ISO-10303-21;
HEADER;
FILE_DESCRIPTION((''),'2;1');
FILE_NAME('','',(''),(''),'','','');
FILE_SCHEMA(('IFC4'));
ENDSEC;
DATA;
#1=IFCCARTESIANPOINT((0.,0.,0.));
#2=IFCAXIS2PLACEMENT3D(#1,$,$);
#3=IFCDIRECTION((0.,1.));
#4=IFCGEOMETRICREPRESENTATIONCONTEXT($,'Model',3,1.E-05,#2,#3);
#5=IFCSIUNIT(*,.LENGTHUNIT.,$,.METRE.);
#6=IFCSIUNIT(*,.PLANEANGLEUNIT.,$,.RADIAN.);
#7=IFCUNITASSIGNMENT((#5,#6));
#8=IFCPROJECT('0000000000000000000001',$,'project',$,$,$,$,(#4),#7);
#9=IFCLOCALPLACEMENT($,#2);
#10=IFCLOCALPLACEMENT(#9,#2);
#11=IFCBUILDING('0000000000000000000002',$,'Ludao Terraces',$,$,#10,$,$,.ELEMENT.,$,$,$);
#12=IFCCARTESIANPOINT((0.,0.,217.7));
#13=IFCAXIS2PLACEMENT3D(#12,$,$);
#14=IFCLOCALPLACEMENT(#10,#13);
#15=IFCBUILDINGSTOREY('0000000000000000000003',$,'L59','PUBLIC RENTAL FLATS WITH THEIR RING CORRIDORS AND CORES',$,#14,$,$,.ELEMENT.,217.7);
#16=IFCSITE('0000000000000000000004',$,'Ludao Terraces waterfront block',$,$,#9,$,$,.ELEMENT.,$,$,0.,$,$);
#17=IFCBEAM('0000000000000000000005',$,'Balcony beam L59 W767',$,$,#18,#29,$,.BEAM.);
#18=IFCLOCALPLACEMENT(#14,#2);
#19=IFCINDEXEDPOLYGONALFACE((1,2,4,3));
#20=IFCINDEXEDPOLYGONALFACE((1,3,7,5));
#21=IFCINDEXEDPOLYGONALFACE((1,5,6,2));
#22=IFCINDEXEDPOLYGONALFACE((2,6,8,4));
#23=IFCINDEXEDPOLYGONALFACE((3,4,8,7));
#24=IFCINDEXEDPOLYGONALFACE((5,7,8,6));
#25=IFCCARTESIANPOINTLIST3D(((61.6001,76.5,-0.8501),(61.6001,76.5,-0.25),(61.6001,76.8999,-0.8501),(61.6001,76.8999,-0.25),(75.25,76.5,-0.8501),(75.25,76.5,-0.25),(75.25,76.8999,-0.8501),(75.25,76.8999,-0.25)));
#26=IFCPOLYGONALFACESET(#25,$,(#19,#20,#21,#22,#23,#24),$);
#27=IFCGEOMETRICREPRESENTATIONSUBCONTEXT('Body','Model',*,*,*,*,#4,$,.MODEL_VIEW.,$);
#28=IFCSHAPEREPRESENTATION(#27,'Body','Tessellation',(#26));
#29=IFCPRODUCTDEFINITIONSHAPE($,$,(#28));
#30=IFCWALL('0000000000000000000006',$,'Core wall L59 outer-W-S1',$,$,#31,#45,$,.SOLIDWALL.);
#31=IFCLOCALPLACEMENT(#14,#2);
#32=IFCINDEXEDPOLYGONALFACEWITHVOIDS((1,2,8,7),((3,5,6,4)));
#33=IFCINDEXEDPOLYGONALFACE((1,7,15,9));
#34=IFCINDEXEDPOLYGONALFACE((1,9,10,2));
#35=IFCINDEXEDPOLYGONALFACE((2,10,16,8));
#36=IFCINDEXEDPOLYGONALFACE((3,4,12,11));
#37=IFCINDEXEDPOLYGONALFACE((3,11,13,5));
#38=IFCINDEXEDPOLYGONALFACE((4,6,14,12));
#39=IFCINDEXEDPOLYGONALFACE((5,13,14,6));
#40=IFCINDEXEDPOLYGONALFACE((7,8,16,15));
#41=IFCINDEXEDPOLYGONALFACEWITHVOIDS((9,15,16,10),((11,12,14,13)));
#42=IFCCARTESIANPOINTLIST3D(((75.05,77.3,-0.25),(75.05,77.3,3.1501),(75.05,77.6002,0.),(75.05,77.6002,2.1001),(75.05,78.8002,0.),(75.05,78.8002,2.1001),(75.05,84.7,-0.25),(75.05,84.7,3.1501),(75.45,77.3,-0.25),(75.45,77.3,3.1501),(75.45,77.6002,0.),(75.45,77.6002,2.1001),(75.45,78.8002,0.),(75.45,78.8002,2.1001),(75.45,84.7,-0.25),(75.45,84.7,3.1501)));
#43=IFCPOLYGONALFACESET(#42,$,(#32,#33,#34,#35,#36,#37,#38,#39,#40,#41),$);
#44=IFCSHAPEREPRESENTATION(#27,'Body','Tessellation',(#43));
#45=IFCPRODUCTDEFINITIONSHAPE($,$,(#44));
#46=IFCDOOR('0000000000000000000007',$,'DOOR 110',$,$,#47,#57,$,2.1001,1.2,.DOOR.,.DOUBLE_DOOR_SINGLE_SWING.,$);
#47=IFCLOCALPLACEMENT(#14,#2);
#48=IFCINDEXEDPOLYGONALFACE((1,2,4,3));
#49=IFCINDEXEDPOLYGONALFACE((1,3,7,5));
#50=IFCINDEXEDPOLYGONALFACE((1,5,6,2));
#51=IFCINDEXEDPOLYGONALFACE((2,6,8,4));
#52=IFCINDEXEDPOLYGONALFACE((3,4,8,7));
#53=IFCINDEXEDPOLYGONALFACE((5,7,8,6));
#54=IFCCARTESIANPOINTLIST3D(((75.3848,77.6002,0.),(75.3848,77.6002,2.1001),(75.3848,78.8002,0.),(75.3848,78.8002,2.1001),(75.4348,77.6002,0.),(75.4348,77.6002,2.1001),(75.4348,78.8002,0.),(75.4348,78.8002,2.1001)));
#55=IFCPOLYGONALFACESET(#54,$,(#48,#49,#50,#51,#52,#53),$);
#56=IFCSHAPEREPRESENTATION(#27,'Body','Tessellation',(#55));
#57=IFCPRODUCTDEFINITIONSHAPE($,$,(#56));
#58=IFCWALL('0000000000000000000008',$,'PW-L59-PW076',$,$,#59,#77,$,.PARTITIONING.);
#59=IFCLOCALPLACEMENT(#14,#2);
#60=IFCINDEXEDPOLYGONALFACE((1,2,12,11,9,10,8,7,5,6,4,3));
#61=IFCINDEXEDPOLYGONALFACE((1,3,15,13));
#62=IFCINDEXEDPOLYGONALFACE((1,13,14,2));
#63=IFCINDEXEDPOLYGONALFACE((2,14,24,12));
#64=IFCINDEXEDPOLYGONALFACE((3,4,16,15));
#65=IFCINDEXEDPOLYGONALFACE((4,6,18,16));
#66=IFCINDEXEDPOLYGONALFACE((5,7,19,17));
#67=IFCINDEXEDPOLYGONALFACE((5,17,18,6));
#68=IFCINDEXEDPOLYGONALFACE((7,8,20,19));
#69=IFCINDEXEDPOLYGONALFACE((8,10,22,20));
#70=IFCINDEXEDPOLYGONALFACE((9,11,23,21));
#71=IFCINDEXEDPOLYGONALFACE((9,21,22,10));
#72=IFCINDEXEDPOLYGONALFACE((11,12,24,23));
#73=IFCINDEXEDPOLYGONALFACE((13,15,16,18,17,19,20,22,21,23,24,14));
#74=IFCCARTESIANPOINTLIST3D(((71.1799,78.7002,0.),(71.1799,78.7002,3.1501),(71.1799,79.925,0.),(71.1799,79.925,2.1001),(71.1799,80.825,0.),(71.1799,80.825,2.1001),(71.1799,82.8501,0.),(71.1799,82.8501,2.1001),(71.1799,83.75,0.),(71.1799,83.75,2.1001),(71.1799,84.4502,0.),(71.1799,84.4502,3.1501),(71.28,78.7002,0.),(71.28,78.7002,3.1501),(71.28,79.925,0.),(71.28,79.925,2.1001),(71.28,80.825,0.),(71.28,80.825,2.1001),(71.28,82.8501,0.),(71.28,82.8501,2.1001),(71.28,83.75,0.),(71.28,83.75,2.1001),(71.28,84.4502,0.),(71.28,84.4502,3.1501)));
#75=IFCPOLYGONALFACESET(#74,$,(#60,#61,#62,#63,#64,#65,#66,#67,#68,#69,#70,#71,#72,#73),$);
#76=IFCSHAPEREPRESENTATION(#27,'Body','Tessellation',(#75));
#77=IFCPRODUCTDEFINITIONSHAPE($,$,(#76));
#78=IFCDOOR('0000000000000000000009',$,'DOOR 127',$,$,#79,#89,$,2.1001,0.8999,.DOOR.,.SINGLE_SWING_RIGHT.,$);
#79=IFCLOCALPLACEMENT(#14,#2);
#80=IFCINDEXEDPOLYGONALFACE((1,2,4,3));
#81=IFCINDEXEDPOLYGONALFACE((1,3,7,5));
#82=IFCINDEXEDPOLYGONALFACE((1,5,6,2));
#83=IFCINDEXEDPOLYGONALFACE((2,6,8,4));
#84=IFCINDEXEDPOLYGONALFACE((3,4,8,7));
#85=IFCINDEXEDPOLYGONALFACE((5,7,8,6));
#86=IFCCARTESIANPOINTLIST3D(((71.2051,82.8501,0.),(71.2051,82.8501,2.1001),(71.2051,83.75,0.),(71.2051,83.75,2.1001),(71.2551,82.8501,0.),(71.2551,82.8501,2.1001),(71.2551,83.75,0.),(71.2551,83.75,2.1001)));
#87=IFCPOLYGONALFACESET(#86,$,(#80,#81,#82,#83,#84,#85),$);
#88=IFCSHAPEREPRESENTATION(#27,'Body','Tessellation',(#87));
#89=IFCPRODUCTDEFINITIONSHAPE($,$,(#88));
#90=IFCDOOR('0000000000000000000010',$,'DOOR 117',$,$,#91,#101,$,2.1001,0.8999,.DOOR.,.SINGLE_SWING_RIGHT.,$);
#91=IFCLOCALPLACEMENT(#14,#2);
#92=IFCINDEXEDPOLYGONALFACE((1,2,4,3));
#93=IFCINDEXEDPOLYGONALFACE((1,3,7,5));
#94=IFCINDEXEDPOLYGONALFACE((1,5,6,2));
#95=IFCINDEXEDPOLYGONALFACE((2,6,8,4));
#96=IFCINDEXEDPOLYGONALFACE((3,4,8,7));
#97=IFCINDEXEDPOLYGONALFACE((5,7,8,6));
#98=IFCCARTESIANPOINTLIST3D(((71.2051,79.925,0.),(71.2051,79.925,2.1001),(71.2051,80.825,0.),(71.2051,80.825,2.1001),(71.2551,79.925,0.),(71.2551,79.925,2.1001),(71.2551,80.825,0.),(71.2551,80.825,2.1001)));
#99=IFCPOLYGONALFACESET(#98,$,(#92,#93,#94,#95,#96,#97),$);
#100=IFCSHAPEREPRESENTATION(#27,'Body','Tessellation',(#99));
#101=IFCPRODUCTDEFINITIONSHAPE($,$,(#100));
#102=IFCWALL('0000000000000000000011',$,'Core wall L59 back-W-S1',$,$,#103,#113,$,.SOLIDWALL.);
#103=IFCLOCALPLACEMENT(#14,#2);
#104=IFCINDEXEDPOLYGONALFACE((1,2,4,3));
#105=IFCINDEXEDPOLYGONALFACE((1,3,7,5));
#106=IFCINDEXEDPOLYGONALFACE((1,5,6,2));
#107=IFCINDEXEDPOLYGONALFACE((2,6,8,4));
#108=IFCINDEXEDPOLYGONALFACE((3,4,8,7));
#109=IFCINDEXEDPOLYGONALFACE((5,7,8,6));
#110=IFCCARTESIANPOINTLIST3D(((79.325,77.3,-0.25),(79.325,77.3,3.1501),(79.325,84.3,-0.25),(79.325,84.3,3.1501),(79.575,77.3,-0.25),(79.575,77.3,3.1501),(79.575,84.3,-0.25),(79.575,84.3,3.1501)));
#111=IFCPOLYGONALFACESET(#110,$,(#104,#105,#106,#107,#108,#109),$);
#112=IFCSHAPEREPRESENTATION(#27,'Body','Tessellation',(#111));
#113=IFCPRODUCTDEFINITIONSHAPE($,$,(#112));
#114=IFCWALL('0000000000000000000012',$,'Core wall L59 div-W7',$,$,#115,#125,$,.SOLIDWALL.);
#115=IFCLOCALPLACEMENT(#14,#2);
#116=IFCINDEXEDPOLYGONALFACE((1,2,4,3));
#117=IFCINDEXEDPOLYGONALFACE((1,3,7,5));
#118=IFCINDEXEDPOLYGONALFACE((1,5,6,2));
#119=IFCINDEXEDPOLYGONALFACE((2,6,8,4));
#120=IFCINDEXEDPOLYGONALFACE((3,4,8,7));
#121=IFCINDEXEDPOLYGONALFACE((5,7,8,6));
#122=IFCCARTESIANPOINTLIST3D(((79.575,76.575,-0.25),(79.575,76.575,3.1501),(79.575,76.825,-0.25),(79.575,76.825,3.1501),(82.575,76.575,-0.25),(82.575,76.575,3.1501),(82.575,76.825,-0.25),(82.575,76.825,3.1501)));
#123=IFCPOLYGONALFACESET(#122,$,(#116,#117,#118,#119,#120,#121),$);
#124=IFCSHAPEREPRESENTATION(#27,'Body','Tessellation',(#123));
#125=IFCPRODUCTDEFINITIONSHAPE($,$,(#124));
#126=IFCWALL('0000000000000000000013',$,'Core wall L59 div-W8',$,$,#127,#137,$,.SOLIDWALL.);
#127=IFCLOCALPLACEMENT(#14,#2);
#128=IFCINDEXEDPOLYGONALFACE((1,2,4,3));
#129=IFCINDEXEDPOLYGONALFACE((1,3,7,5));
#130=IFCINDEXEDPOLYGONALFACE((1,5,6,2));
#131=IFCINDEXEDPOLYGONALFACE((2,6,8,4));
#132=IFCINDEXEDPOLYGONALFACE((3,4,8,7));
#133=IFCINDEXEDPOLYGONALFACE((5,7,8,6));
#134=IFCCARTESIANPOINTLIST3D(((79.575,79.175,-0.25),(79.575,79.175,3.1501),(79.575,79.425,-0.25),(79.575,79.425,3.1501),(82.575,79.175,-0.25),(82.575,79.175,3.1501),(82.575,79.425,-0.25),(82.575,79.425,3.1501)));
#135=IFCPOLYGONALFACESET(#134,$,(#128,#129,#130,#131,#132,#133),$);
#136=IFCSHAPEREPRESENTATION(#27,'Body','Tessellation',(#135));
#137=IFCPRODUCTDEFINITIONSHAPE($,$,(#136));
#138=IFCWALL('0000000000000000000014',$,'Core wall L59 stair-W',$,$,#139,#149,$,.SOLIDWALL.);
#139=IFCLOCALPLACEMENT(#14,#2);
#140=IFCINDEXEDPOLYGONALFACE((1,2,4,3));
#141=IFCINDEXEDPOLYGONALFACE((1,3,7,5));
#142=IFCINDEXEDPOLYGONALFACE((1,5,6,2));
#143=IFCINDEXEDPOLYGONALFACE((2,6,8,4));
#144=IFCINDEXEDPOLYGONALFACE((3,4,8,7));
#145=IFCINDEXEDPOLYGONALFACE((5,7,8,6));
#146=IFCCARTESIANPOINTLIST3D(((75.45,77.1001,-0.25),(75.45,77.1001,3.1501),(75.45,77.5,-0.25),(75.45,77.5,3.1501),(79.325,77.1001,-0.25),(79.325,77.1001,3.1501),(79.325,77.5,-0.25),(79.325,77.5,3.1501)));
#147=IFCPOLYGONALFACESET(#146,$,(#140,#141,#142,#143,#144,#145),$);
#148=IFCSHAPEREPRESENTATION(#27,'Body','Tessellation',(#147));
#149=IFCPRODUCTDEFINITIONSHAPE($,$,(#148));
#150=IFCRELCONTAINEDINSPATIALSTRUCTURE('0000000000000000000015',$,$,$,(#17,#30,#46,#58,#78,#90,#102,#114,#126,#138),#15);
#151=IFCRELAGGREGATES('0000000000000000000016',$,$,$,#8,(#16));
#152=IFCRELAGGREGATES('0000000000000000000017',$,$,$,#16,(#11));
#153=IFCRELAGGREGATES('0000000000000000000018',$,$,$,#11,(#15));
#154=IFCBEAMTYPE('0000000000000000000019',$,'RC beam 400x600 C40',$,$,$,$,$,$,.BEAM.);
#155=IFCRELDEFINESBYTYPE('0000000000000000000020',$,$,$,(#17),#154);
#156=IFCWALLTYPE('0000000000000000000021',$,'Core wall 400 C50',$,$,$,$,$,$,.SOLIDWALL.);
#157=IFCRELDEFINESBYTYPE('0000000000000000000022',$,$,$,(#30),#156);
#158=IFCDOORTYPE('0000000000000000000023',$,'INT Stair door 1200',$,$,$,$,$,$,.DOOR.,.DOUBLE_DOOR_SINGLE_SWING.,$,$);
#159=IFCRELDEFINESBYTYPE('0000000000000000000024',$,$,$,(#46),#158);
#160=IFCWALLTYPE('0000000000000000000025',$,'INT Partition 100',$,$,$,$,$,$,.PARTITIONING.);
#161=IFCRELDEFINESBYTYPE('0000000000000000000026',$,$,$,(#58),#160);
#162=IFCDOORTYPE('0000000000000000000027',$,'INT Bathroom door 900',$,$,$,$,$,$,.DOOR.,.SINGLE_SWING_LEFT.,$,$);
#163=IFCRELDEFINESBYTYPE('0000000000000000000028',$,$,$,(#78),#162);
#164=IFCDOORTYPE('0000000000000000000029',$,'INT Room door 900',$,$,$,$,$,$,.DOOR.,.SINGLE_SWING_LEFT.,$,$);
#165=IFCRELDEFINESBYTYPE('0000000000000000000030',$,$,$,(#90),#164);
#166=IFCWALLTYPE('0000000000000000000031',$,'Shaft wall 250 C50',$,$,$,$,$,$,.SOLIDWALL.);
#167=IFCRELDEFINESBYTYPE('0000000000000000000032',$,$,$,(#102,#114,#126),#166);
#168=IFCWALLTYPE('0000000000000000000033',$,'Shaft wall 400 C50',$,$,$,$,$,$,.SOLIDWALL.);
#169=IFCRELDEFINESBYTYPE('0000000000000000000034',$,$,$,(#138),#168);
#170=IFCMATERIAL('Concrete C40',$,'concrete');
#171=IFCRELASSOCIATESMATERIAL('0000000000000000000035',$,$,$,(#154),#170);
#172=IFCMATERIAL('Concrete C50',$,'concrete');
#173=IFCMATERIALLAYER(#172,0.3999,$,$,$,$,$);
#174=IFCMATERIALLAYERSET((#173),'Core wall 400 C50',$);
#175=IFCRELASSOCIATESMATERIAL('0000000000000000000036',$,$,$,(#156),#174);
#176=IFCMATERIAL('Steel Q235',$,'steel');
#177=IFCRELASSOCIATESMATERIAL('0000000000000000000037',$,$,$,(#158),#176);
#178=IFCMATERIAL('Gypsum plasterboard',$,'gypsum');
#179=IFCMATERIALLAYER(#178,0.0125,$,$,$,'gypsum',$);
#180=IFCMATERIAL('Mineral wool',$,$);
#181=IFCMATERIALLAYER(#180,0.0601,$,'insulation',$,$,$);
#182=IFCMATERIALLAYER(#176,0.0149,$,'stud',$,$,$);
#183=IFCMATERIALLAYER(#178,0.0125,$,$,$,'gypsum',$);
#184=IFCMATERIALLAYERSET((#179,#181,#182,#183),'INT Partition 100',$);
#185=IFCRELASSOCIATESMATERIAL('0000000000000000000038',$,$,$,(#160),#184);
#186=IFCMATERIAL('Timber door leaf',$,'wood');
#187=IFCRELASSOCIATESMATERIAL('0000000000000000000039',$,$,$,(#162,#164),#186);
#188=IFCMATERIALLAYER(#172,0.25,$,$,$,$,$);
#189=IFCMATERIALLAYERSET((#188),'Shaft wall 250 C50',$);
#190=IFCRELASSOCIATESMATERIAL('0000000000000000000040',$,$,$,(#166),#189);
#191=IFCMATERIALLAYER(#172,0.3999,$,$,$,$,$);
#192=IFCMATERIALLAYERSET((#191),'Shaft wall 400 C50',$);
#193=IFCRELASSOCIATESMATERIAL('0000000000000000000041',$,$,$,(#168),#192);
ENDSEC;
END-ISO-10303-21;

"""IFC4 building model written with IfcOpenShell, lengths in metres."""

from ifc_helpers import new_model, si_unit, direction, frame, frame_2d, origin, origin_2d, place, context, subcontext, project, spatial, rectangle, extrude, material, layer, layer_set, material_profile, profile_set, type_object, element, fill, save


model = new_model("IFC4")

# Units and contexts
model_context = context("Model", 3, precision=1e-05, world=origin(), true_north=direction((0.0, 1.0)))
body_context = subcontext(model_context, "Body", "Model", "MODEL_VIEW")
ifc_project = project(units=[si_unit("LENGTHUNIT", "METRE"), si_unit("PLANEANGLEUNIT", "RADIAN")], contexts=[model_context])

# Site, building, storey
site_placement = place(None, origin())
site = spatial("IfcSite", under=ifc_project, at=site_placement, Name="Ludao Terraces waterfront block", CompositionType="ELEMENT", RefElevation=0.0)
building_placement = place(site_placement, origin())
building = spatial("IfcBuilding", under=site, at=building_placement, Name="Ludao Terraces", CompositionType="ELEMENT")
storey_placement = place(building_placement, frame((0.0, 0.0, 217.7)))
storey = spatial("IfcBuildingStorey", under=building, at=storey_placement, Name="L59", Description="PUBLIC RENTAL FLATS WITH THEIR RING CORRIDORS AND CORES", CompositionType="ELEMENT", Elevation=217.7)

# Beam
ifc_material_1 = material(Name="Concrete C40", Category="concrete")
ifc_material_profile = material_profile(ifc_material_1, rectangle(XDim=0.3999, YDim=0.6001, at=origin_2d()), Name="400 X 600")
ifc_profile_set = profile_set([ifc_material_profile], Name="Concrete C40")
beam_type = type_object("IfcBeamType", Name="RC beam 400x600 C40", PredefinedType="BEAM", material=ifc_profile_set)
beam_placement = place(storey_placement, frame((75.25, 76.7, -0.55), z_axis=(-1.0, 0.0, 0.0), x_axis=(0.0, -1.0, 0.0)))
element("IfcBeam", 1, at=beam_placement, inside=storey, type_object=beam_type, Name="Balcony beam L59 W767", PredefinedType="BEAM", context=body_context, shape_type="SweptSolid", body=[
    extrude(rectangle(XDim=0.3999, YDim=0.6001, at=origin_2d()), origin(), (0.0, 0.0, 1.0), 13.6499),
])

# Wall, opening, door
ifc_material_2 = material(Name="Concrete C50", Category="concrete")
ifc_layer_1 = layer(ifc_material_2, 0.3999)
ifc_layer_set_1 = layer_set([ifc_layer_1], Name="Core wall 400 C50")
wall_type_1 = type_object("IfcWallType", Name="Core wall 400 C50", PredefinedType="SOLIDWALL", material=ifc_layer_set_1)
wall_1_placement = place(storey_placement, frame((75.25, 77.3, -0.25), z_axis=(0.0, 0.0, 1.0), x_axis=(0.0, 1.0, 0.0)))
wall_1 = element("IfcWall", 2, at=wall_1_placement, inside=storey, type_object=wall_type_1, Name="Core wall L59 outer-W-S1", PredefinedType="SOLIDWALL", context=body_context, shape_type="SweptSolid", body=[
    extrude(rectangle(XDim=7.3999, YDim=0.3999, at=frame_2d((3.7, 0.0))), origin(), (0.0, 0.0, 1.0), 3.4001),
])
opening_1_placement = place(wall_1_placement, frame((0.3, 0.0, 0.25)))
opening_1 = element("IfcOpeningElement", 3, at=opening_1_placement, cuts=wall_1, PredefinedType="OPENING", context=body_context, shape_type="SweptSolid", body=[
    extrude(rectangle(XDim=1.2, YDim=2.1001, at=frame_2d((0.6001, 1.05))), frame((0.0, 0.21, 0.0), z_axis=(0.0, -1.0, 0.0), x_axis=(1.0, 0.0, 0.0)), (0.0, 0.0, 1.0), 0.4199),
])
ifc_material_3 = material(Name="Steel Q235", Category="steel")
door_type_1 = type_object("IfcDoorType", Name="INT Stair door 1200", OperationType="DOUBLE_DOOR_SINGLE_SWING", PredefinedType="DOOR", material=ifc_material_3)
door_1_placement = place(opening_1_placement, origin())
door_1 = element("IfcDoor", 4, at=door_1_placement, inside=storey, type_object=door_type_1, Name="DOOR 110", OperationType="DOUBLE_DOOR_SINGLE_SWING", OverallHeight=2.1001, OverallWidth=1.2, PredefinedType="DOOR", context=body_context, shape_type="SweptSolid", body=[
    extrude(rectangle(XDim=1.2, YDim=2.1001, at=frame_2d((0.6001, 1.05))), frame((0.0, -0.1348, 0.0), z_axis=(0.0, -1.0, 0.0), x_axis=(1.0, 0.0, 0.0)), (0.0, 0.0, 1.0), 0.05),
])
fill(opening_1, door_1)

# Wall, openings, doors
ifc_material_4 = material(Name="Gypsum plasterboard", Category="gypsum")
ifc_layer_2 = layer(ifc_material_4, 0.0125, Category="gypsum")
ifc_material_5 = material(Name="Mineral wool")
ifc_layer_3 = layer(ifc_material_5, 0.0601, Name="insulation")
ifc_layer_4 = layer(ifc_material_3, 0.0149, Name="stud")
ifc_layer_5 = layer(ifc_material_4, 0.0125, Category="gypsum")
ifc_layer_set_2 = layer_set([ifc_layer_2, ifc_layer_3, ifc_layer_4, ifc_layer_5], Name="INT Partition 100")
wall_type_2 = type_object("IfcWallType", Name="INT Partition 100", PredefinedType="PARTITIONING", material=ifc_layer_set_2)
wall_2_placement = place(storey_placement, frame((71.23, 78.7002, 0.0), z_axis=(0.0, 0.0, 1.0), x_axis=(0.0, 1.0, 0.0)))
wall_2 = element("IfcWall", 5, at=wall_2_placement, inside=storey, type_object=wall_type_2, Name="PW-L59-PW076", PredefinedType="PARTITIONING", context=body_context, shape_type="SweptSolid", body=[
    extrude(rectangle(XDim=5.75, YDim=0.1001, at=frame_2d((2.875, 0.0))), origin(), (0.0, 0.0, 1.0), 3.1501),
])
opening_2_placement = place(wall_2_placement, frame((1.2249, 0.0, 0.0)))
opening_2 = element("IfcOpeningElement", 6, at=opening_2_placement, cuts=wall_2, PredefinedType="OPENING", context=body_context, shape_type="SweptSolid", body=[
    extrude(rectangle(XDim=0.8999, YDim=2.1001, at=frame_2d((0.45, 1.05))), frame((0.0, 0.0601, 0.0), z_axis=(0.0, -1.0, 0.0), x_axis=(1.0, 0.0, 0.0)), (0.0, 0.0, 1.0), 0.1201),
])
opening_3_placement = place(wall_2_placement, frame((4.1499, 0.0, 0.0)))
opening_3 = element("IfcOpeningElement", 7, at=opening_3_placement, cuts=wall_2, PredefinedType="OPENING", context=body_context, shape_type="SweptSolid", body=[
    extrude(rectangle(XDim=0.8999, YDim=2.1001, at=frame_2d((0.45, 1.05))), frame((0.0, 0.0601, 0.0), z_axis=(0.0, -1.0, 0.0), x_axis=(1.0, 0.0, 0.0)), (0.0, 0.0, 1.0), 0.1201),
])
ifc_material_6 = material(Name="Timber door leaf", Category="wood")
door_type_2 = type_object("IfcDoorType", Name="INT Bathroom door 900", OperationType="SINGLE_SWING_LEFT", PredefinedType="DOOR", material=ifc_material_6)
door_2_placement = place(opening_3_placement, origin())
door_2 = element("IfcDoor", 8, at=door_2_placement, inside=storey, type_object=door_type_2, Name="DOOR 127", OperationType="SINGLE_SWING_RIGHT", OverallHeight=2.1001, OverallWidth=0.8999, PredefinedType="DOOR", context=body_context, shape_type="SweptSolid", body=[
    extrude(rectangle(XDim=0.8999, YDim=2.1001, at=frame_2d((0.45, 1.05))), frame((0.0, 0.0249, 0.0), z_axis=(0.0, -1.0, 0.0), x_axis=(1.0, 0.0, 0.0)), (0.0, 0.0, 1.0), 0.05),
])
fill(opening_3, door_2)
door_type_3 = type_object("IfcDoorType", Name="INT Room door 900", OperationType="SINGLE_SWING_LEFT", PredefinedType="DOOR", material=ifc_material_6)
door_3_placement = place(opening_2_placement, origin())
door_3 = element("IfcDoor", 9, at=door_3_placement, inside=storey, type_object=door_type_3, Name="DOOR 117", OperationType="SINGLE_SWING_RIGHT", OverallHeight=2.1001, OverallWidth=0.8999, PredefinedType="DOOR", context=body_context, shape_type="SweptSolid", body=[
    extrude(rectangle(XDim=0.8999, YDim=2.1001, at=frame_2d((0.45, 1.05))), frame((0.0, 0.0249, 0.0), z_axis=(0.0, -1.0, 0.0), x_axis=(1.0, 0.0, 0.0)), (0.0, 0.0, 1.0), 0.05),
])
fill(opening_2, door_3)

# Walls
ifc_layer_6 = layer(ifc_material_2, 0.25)
ifc_layer_set_3 = layer_set([ifc_layer_6], Name="Shaft wall 250 C50")
wall_type_3 = type_object("IfcWallType", Name="Shaft wall 250 C50", PredefinedType="SOLIDWALL", material=ifc_layer_set_3)
wall_3_placement = place(storey_placement, frame((79.45, 77.3, -0.25), z_axis=(0.0, 0.0, 1.0), x_axis=(0.0, 1.0, 0.0)))
element("IfcWall", 10, at=wall_3_placement, inside=storey, type_object=wall_type_3, Name="Core wall L59 back-W-S1", PredefinedType="SOLIDWALL", context=body_context, shape_type="SweptSolid", body=[
    extrude(rectangle(XDim=7.0, YDim=0.25, at=frame_2d((3.5, 0.0))), origin(), (0.0, 0.0, 1.0), 3.4001),
])
for number, where, z_axis, x_axis, name in (
    (11, (79.575, 76.7, -0.25), (0.0, 0.0, 1.0), (1.0, 0.0, 0.0), "Core wall L59 div-W7"),
    (12, (79.575, 79.3, -0.25), (0.0, 0.0, 1.0), (1.0, 0.0, 0.0), "Core wall L59 div-W8"),
):
    element("IfcWall", number, at=place(storey_placement, frame(where, z_axis=z_axis, x_axis=x_axis)), inside=storey, type_object=wall_type_3, Name=name, PredefinedType="SOLIDWALL", context=body_context, shape_type="SweptSolid", body=[
        extrude(rectangle(XDim=3.0, YDim=0.25, at=frame_2d((1.5, 0.0))), origin(), (0.0, 0.0, 1.0), 3.4001),
    ])
ifc_layer_7 = layer(ifc_material_2, 0.3999)
ifc_layer_set_4 = layer_set([ifc_layer_7], Name="Shaft wall 400 C50")
wall_type_4 = type_object("IfcWallType", Name="Shaft wall 400 C50", PredefinedType="SOLIDWALL", material=ifc_layer_set_4)
wall_4_placement = place(storey_placement, frame((75.45, 77.3, -0.25), z_axis=(0.0, 0.0, 1.0), x_axis=(1.0, 0.0, 0.0)))
element("IfcWall", 13, at=wall_4_placement, inside=storey, type_object=wall_type_4, Name="Core wall L59 stair-W", PredefinedType="SOLIDWALL", context=body_context, shape_type="SweptSolid", body=[
    extrude(rectangle(XDim=3.875, YDim=0.3999, at=frame_2d((1.9375, 0.0))), origin(), (0.0, 0.0, 1.0), 3.4001),
])

save(model, "model.ifc")
